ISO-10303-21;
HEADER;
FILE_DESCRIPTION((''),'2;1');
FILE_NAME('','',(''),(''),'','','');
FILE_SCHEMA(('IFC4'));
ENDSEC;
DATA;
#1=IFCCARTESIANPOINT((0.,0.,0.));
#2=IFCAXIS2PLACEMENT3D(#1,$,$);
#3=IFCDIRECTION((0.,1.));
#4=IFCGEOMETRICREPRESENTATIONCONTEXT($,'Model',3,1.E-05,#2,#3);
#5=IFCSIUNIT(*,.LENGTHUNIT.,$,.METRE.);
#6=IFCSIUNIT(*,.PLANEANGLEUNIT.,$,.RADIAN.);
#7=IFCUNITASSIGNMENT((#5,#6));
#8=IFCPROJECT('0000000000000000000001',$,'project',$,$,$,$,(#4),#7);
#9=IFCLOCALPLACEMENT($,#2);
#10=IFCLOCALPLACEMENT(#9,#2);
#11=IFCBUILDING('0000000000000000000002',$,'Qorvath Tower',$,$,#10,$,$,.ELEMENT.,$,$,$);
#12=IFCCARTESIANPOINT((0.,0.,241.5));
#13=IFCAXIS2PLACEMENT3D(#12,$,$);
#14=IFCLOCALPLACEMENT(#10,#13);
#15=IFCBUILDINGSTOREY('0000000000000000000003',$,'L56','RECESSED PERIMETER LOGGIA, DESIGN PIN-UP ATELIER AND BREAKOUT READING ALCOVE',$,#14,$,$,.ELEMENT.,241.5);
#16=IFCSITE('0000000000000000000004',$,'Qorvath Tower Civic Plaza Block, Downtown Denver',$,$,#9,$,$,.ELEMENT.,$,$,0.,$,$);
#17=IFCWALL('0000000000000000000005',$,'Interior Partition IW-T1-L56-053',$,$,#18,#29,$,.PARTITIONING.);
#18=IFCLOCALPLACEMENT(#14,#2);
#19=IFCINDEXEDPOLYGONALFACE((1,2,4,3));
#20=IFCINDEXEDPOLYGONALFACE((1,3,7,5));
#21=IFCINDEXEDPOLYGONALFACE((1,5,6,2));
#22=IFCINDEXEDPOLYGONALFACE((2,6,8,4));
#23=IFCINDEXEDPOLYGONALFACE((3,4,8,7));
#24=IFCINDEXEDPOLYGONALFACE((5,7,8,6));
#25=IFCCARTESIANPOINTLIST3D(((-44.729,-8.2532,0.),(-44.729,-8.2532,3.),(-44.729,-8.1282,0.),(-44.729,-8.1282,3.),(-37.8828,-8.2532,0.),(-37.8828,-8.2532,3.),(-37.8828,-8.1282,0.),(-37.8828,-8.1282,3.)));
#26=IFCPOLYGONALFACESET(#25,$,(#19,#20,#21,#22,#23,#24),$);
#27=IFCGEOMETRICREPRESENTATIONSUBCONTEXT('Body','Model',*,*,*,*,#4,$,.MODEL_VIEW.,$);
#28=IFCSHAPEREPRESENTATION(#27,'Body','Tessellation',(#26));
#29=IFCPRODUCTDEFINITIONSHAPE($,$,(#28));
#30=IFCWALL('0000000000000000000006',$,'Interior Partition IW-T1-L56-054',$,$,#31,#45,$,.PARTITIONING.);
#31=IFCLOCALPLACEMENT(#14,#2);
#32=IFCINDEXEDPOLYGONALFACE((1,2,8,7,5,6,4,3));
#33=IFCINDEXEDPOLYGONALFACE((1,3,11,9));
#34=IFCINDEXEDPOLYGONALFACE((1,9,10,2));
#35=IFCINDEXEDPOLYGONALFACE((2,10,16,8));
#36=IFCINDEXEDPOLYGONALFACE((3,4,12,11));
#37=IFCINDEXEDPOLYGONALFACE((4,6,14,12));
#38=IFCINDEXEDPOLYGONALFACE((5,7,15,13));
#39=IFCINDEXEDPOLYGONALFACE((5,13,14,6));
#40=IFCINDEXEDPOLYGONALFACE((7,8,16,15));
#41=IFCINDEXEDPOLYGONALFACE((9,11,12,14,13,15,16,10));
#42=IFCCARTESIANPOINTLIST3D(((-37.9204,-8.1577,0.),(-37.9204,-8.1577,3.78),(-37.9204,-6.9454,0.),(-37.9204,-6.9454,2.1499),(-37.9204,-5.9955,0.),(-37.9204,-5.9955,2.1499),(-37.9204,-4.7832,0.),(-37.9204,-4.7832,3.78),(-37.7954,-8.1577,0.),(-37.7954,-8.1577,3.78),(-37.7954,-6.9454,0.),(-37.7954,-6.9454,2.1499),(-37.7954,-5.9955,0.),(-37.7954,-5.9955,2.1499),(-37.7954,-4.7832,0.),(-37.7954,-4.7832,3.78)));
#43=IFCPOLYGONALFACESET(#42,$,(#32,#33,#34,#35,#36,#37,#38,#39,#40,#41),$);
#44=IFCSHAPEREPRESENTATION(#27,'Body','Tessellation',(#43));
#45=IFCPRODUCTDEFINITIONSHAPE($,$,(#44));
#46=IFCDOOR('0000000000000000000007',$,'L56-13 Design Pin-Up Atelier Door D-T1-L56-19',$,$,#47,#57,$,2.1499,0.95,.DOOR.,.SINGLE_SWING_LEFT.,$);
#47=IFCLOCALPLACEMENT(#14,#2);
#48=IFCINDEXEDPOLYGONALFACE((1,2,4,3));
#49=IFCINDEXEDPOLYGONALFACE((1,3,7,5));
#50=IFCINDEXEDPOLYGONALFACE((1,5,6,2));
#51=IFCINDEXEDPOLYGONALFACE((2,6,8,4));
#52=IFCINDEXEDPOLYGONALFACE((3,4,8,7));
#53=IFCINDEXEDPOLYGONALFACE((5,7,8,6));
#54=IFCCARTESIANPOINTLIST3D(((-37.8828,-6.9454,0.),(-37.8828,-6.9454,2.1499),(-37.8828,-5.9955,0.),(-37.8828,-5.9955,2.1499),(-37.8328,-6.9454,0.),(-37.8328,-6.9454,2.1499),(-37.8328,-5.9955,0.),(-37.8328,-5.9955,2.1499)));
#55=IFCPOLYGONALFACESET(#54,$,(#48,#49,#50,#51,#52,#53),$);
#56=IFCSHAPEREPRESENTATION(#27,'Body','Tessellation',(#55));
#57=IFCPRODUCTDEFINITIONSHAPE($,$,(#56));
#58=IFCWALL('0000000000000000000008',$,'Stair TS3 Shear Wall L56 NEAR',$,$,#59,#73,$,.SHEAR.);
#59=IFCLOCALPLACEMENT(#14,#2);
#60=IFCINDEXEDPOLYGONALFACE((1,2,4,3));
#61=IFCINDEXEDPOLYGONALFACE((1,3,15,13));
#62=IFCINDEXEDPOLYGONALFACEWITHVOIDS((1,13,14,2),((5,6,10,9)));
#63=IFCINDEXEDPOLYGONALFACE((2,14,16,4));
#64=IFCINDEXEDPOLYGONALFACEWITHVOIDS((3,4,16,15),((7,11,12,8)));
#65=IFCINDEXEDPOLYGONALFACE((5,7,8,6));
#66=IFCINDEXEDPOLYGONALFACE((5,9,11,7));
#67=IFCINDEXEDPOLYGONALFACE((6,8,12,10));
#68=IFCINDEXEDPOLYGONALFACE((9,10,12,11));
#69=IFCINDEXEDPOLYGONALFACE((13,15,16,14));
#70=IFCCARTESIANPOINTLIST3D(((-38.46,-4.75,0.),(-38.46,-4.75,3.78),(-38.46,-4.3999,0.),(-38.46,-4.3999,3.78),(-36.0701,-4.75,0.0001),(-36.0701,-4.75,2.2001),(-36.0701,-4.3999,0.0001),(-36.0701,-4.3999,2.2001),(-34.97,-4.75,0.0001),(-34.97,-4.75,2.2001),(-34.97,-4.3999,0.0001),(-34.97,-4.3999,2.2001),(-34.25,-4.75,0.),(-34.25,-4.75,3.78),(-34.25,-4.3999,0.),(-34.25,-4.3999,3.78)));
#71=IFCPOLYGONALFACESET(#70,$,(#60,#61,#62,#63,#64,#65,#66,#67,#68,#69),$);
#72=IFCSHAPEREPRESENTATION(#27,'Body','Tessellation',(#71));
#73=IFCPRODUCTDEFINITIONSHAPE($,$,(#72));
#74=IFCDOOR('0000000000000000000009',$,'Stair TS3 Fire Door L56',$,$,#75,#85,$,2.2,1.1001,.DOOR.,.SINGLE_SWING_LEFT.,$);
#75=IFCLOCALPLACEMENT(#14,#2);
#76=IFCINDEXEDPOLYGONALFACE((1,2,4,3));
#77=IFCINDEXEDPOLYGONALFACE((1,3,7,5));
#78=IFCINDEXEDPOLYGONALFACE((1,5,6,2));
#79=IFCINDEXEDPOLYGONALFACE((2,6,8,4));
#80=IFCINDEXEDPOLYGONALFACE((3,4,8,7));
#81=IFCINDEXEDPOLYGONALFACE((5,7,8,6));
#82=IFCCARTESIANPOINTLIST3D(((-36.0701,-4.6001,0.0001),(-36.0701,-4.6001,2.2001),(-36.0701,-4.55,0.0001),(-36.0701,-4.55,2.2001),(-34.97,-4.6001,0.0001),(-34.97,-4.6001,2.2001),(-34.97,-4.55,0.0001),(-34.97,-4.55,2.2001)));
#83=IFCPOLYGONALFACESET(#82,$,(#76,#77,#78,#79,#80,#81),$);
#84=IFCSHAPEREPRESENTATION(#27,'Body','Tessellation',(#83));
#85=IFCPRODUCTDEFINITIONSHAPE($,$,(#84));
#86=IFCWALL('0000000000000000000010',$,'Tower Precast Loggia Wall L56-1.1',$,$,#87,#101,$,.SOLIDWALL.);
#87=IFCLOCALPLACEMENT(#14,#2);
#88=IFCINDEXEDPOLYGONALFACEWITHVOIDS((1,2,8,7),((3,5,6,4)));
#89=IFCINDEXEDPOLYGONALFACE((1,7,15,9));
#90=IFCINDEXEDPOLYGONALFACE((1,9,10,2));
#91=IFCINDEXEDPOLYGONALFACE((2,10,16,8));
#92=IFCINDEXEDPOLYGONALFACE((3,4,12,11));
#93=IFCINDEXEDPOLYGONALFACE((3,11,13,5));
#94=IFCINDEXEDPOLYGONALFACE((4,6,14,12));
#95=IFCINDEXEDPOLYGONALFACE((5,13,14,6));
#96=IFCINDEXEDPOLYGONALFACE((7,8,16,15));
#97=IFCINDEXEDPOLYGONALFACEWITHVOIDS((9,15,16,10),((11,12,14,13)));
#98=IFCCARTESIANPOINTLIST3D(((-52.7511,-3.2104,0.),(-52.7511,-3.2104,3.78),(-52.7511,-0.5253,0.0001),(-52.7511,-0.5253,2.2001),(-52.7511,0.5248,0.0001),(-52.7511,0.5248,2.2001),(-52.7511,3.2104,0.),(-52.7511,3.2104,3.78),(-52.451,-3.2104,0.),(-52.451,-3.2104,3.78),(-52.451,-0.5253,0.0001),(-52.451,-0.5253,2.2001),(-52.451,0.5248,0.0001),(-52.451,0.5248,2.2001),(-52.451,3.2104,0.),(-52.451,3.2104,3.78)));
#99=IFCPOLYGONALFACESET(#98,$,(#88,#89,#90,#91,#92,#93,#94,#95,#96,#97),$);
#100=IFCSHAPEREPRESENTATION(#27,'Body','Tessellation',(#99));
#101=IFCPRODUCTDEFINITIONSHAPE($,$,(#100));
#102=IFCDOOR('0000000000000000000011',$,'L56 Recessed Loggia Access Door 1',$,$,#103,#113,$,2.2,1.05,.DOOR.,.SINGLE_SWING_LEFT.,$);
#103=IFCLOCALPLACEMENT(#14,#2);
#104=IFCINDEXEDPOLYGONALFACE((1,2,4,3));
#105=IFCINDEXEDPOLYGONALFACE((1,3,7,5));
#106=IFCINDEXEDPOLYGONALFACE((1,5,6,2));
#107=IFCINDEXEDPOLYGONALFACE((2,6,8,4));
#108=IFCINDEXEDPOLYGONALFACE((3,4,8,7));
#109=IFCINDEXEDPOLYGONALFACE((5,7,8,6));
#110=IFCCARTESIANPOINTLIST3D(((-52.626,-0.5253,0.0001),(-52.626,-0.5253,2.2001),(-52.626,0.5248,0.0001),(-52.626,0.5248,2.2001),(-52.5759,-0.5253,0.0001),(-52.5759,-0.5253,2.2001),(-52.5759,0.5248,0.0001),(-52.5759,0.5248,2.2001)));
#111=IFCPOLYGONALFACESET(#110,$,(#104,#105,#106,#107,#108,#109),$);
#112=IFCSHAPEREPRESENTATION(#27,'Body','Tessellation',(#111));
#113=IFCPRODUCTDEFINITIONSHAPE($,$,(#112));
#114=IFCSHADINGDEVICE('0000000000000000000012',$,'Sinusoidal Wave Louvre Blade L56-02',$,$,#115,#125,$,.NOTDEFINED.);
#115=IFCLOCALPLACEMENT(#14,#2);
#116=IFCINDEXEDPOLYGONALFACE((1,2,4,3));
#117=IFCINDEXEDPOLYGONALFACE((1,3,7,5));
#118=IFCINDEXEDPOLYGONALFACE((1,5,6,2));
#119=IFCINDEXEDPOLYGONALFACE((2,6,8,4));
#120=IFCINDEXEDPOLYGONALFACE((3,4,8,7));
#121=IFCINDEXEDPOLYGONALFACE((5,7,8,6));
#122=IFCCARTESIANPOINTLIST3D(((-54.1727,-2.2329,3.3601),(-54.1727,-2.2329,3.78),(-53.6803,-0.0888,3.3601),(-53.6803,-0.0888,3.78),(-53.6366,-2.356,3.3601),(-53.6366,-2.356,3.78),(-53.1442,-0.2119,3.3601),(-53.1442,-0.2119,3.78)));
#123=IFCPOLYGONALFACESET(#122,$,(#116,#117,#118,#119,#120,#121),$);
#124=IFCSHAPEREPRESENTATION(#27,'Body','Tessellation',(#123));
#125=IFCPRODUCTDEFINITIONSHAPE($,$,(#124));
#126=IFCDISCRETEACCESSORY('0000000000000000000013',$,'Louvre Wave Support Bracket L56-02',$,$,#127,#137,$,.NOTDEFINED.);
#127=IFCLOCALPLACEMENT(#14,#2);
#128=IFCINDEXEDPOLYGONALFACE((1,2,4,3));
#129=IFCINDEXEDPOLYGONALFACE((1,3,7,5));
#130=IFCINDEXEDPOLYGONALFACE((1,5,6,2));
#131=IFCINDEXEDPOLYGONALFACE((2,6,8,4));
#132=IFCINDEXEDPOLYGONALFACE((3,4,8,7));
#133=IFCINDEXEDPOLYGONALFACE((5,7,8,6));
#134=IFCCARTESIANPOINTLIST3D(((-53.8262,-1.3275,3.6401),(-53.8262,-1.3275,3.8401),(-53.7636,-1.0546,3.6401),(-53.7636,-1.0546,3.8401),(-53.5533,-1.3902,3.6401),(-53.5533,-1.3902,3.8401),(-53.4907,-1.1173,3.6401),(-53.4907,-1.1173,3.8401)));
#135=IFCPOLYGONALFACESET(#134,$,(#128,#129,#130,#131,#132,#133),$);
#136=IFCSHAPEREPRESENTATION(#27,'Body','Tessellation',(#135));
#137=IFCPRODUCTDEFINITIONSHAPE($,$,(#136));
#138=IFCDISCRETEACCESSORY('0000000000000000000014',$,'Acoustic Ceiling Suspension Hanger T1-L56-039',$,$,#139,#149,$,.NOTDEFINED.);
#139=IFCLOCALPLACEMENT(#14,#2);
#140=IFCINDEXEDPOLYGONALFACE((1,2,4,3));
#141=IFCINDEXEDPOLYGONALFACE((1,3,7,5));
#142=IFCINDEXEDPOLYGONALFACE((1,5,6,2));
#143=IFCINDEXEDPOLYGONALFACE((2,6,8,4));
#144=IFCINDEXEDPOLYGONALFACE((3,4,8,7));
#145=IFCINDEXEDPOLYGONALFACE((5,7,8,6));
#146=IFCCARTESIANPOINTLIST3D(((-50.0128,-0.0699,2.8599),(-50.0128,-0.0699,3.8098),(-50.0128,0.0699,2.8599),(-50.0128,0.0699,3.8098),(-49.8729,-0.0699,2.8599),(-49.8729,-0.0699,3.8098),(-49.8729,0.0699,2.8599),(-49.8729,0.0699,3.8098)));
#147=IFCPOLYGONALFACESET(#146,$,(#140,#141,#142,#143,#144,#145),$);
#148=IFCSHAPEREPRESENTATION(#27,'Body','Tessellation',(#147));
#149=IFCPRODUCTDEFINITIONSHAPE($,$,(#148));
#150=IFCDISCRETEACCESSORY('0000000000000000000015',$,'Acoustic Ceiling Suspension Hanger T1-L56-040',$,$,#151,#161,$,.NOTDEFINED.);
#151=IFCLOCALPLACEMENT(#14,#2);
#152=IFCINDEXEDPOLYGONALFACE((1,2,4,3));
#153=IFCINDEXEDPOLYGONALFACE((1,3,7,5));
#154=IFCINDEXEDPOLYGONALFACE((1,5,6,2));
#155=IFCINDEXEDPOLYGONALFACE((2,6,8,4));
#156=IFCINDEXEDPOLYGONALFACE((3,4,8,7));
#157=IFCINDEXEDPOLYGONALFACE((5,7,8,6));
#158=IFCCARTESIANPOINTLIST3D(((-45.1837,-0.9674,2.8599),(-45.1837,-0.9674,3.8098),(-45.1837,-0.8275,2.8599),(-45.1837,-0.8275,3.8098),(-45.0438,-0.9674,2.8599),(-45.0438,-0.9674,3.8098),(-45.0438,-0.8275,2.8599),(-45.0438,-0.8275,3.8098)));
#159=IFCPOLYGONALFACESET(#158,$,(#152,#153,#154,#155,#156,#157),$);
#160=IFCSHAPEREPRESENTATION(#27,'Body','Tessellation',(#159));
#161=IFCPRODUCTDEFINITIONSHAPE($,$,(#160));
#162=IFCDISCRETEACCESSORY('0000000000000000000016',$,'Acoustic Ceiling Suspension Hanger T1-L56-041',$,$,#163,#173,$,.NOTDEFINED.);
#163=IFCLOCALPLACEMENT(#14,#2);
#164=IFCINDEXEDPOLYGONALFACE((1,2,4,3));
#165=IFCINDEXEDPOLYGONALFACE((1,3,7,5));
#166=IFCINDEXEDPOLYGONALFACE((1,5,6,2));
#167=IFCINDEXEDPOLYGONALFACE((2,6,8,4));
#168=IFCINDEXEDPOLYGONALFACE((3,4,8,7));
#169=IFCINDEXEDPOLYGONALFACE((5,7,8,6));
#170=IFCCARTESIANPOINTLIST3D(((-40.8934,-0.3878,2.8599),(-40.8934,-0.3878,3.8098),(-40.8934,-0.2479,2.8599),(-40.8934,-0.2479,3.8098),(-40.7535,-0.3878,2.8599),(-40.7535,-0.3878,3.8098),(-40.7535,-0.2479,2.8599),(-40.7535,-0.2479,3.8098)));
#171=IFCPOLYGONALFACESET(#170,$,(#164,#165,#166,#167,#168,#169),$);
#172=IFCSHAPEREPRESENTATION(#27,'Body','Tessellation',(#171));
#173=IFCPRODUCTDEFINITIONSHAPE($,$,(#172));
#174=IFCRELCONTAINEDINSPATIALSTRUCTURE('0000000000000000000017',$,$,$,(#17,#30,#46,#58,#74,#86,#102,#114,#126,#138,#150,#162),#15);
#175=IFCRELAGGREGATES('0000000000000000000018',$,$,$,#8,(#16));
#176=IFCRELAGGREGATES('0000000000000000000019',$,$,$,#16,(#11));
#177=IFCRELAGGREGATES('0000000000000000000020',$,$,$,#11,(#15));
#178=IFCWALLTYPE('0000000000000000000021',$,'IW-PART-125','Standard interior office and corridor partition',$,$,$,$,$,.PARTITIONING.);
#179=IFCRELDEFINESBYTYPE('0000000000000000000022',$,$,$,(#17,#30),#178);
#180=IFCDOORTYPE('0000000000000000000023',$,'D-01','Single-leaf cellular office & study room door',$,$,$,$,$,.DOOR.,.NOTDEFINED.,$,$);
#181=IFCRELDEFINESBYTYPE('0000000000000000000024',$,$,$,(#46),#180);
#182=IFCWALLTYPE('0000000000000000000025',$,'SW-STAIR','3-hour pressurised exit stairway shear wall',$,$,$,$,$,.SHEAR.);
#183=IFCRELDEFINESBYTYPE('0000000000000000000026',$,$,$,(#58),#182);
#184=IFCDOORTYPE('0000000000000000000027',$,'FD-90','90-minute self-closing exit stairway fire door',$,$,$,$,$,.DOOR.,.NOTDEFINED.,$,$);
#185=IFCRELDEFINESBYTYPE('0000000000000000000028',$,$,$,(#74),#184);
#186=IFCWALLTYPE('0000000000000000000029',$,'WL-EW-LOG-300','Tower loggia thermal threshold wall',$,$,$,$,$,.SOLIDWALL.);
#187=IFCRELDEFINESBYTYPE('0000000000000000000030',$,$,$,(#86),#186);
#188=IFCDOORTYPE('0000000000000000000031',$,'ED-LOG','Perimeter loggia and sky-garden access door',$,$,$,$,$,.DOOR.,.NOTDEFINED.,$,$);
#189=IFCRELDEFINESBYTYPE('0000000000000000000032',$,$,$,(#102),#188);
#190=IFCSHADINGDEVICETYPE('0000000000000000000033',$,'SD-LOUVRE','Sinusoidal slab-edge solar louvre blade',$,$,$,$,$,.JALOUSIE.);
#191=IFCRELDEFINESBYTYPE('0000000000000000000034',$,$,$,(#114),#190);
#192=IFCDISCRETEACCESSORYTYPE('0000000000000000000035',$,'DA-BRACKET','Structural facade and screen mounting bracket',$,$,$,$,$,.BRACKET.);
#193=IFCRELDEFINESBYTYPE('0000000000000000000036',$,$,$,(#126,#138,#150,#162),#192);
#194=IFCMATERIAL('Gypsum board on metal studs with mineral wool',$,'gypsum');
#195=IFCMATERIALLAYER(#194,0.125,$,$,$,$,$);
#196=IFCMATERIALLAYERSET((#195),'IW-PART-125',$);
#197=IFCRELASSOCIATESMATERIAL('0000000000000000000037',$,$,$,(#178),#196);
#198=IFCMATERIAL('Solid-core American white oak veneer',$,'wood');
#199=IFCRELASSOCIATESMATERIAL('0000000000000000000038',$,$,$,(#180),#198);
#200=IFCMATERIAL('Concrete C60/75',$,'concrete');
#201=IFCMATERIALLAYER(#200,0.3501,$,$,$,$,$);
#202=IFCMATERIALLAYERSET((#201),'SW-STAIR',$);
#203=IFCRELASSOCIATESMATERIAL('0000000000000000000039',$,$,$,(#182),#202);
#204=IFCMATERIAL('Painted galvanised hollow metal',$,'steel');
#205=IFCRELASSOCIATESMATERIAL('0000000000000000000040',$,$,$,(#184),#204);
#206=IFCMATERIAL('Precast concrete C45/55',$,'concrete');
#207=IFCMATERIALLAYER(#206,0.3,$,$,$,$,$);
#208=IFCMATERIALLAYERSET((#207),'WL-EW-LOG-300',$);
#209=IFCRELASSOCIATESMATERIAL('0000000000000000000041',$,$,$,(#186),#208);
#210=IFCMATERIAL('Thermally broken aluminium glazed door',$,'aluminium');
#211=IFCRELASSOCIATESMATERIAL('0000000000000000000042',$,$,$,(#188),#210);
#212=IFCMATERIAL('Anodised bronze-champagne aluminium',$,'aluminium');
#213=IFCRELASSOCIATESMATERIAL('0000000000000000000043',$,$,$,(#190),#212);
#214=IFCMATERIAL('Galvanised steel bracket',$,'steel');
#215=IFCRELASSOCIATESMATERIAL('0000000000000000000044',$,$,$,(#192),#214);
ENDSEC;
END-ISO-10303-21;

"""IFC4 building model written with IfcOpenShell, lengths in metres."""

from ifc_helpers import new_model, si_unit, direction, frame, frame_2d, origin, origin_2d, place, context, subcontext, project, spatial, rectangle, extrude, material, layer, layer_set, type_object, element, fill, save


model = new_model("IFC4")

# Units and contexts
model_context = context("Model", 3, precision=1e-05, world=origin(), true_north=direction((0.0, 1.0)))
body_context = subcontext(model_context, "Body", "Model", "MODEL_VIEW")
ifc_project = project(units=[si_unit("LENGTHUNIT", "METRE"), si_unit("PLANEANGLEUNIT", "RADIAN")], contexts=[model_context])

# Site, building, storey
site_placement = place(None, origin())
site = spatial("IfcSite", under=ifc_project, at=site_placement, Name="Qorvath Tower Civic Plaza Block, Downtown Denver", CompositionType="ELEMENT", RefElevation=0.0)
building_placement = place(site_placement, origin())
building = spatial("IfcBuilding", under=site, at=building_placement, Name="Qorvath Tower", CompositionType="ELEMENT")
storey_placement = place(building_placement, frame((0.0, 0.0, 241.5)))
storey = spatial("IfcBuildingStorey", under=building, at=storey_placement, Name="L56", Description="RECESSED PERIMETER LOGGIA, DESIGN PIN-UP ATELIER AND BREAKOUT READING ALCOVE", CompositionType="ELEMENT", Elevation=241.5)

# Shared definitions
ifc_material_1 = material(Name="Gypsum board on metal studs with mineral wool", Category="gypsum")
ifc_layer_1 = layer(ifc_material_1, 0.125)
ifc_layer_set_1 = layer_set([ifc_layer_1], Name="IW-PART-125")
wall_type_1 = type_object("IfcWallType", Name="IW-PART-125", Description="Standard interior office and corridor partition", PredefinedType="PARTITIONING", material=ifc_layer_set_1)
ifc_material_2 = material(Name="Solid-core American white oak veneer", Category="wood")
door_type_1 = type_object("IfcDoorType", Name="D-01", Description="Single-leaf cellular office & study room door", OperationType="NOTDEFINED", PredefinedType="DOOR", material=ifc_material_2)

# Wall
wall_1_placement = place(storey_placement, frame((-37.8828, -8.1907, 0.0), z_axis=(0.0, 0.0, 1.0), x_axis=(-1.0, 0.0, 0.0)))
element("IfcWall", 1, at=wall_1_placement, inside=storey, type_object=wall_type_1, Name="Interior Partition IW-T1-L56-053", PredefinedType="PARTITIONING", context=body_context, shape_type="SweptSolid", body=[
    extrude(rectangle(XDim=6.8462, YDim=0.125, at=frame_2d((3.4231, 0.0))), origin(), (0.0, 0.0, 1.0), 3.0),
])

# Walls, openings, doors
wall_2_placement = place(storey_placement, frame((-37.8579, -8.1577, 0.0), z_axis=(0.0, 0.0, 1.0), x_axis=(0.0, 1.0, 0.0)))
wall_2 = element("IfcWall", 2, at=wall_2_placement, inside=storey, type_object=wall_type_1, Name="Interior Partition IW-T1-L56-054", PredefinedType="PARTITIONING", context=body_context, shape_type="SweptSolid", body=[
    extrude(rectangle(XDim=3.3745, YDim=0.125, at=frame_2d((1.6873, 0.0))), origin(), (0.0, 0.0, 1.0), 3.78),
])
opening_1_placement = place(wall_2_placement, frame((1.2122, 0.0, 0.0)))
opening_1 = element("IfcOpeningElement", 3, at=opening_1_placement, cuts=wall_2, PredefinedType="OPENING", context=body_context, shape_type="SweptSolid", body=[
    extrude(rectangle(XDim=0.95, YDim=2.1499, at=frame_2d((0.4751, 1.075))), frame((0.0, 0.0725, 0.0), z_axis=(0.0, -1.0, 0.0), x_axis=(1.0, 0.0, 0.0)), (0.0, 0.0, 1.0), 0.145),
])
door_1_placement = place(opening_1_placement, origin())
door_1 = element("IfcDoor", 4, at=door_1_placement, inside=storey, type_object=door_type_1, Name="L56-13 Design Pin-Up Atelier Door D-T1-L56-19", OperationType="SINGLE_SWING_LEFT", OverallHeight=2.1499, OverallWidth=0.95, PredefinedType="DOOR", context=body_context, shape_type="SweptSolid", body=[
    extrude(rectangle(XDim=0.95, YDim=2.1499, at=frame_2d((0.4751, 1.075))), frame((0.0, 0.0249, 0.0), z_axis=(0.0, -1.0, 0.0), x_axis=(1.0, 0.0, 0.0)), (0.0, 0.0, 1.0), 0.05),
])
fill(opening_1, door_1)
ifc_material_3 = material(Name="Concrete C60/75", Category="concrete")
ifc_layer_2 = layer(ifc_material_3, 0.3501)
ifc_layer_set_2 = layer_set([ifc_layer_2], Name="SW-STAIR")
wall_type_2 = type_object("IfcWallType", Name="SW-STAIR", Description="3-hour pressurised exit stairway shear wall", PredefinedType="SHEAR", material=ifc_layer_set_2)
wall_3_placement = place(storey_placement, frame((-38.46, -4.575, 0.0), z_axis=(0.0, 0.0, 1.0), x_axis=(1.0, 0.0, 0.0)))
wall_3 = element("IfcWall", 5, at=wall_3_placement, inside=storey, type_object=wall_type_2, Name="Stair TS3 Shear Wall L56 NEAR", PredefinedType="SHEAR", context=body_context, shape_type="SweptSolid", body=[
    extrude(rectangle(XDim=4.21, YDim=0.3501, at=frame_2d((2.105, 0.0))), origin(), (0.0, 0.0, 1.0), 3.78),
])
opening_2_placement = place(wall_3_placement, frame((2.3899, 0.0, 0.0)))
opening_2 = element("IfcOpeningElement", 6, at=opening_2_placement, cuts=wall_3, PredefinedType="OPENING", context=body_context, shape_type="SweptSolid", body=[
    extrude(rectangle(XDim=1.1001, YDim=2.2, at=frame_2d((0.55, 1.1001))), frame((0.0, 0.1851, 0.0), z_axis=(0.0, -1.0, 0.0), x_axis=(1.0, 0.0, 0.0)), (0.0, 0.0, 1.0), 0.3701),
])
ifc_material_4 = material(Name="Painted galvanised hollow metal", Category="steel")
door_type_2 = type_object("IfcDoorType", Name="FD-90", Description="90-minute self-closing exit stairway fire door", OperationType="NOTDEFINED", PredefinedType="DOOR", material=ifc_material_4)
door_2_placement = place(opening_2_placement, origin())
door_2 = element("IfcDoor", 7, at=door_2_placement, inside=storey, type_object=door_type_2, Name="Stair TS3 Fire Door L56", OperationType="SINGLE_SWING_LEFT", OverallHeight=2.2, OverallWidth=1.1001, PredefinedType="DOOR", context=body_context, shape_type="SweptSolid", body=[
    extrude(rectangle(XDim=1.1001, YDim=2.2, at=frame_2d((0.55, 1.1001))), frame((0.0, 0.0249, 0.0), z_axis=(0.0, -1.0, 0.0), x_axis=(1.0, 0.0, 0.0)), (0.0, 0.0, 1.0), 0.05),
])
fill(opening_2, door_2)
ifc_material_5 = material(Name="Precast concrete C45/55", Category="concrete")
ifc_layer_3 = layer(ifc_material_5, 0.3)
ifc_layer_set_3 = layer_set([ifc_layer_3], Name="WL-EW-LOG-300")
wall_type_3 = type_object("IfcWallType", Name="WL-EW-LOG-300", Description="Tower loggia thermal threshold wall", PredefinedType="SOLIDWALL", material=ifc_layer_set_3)
wall_4_placement = place(storey_placement, frame((-52.6011, -3.2104, 0.0), z_axis=(0.0, 0.0, 1.0), x_axis=(0.0, 1.0, 0.0)))
wall_4 = element("IfcWall", 8, at=wall_4_placement, inside=storey, type_object=wall_type_3, Name="Tower Precast Loggia Wall L56-1.1", PredefinedType="SOLIDWALL", context=body_context, shape_type="SweptSolid", body=[
    extrude(rectangle(XDim=6.4209, YDim=0.3, at=frame_2d((3.2104, 0.0))), origin(), (0.0, 0.0, 1.0), 3.78),
])
opening_3_placement = place(wall_4_placement, frame((2.6853, 0.0, 0.0)))
opening_3 = element("IfcOpeningElement", 9, at=opening_3_placement, cuts=wall_4, PredefinedType="OPENING", context=body_context, shape_type="SweptSolid", body=[
    extrude(rectangle(XDim=1.05, YDim=2.2, at=frame_2d((0.5249, 1.1001))), frame((0.0, 0.1602, 0.0), z_axis=(0.0, -1.0, 0.0), x_axis=(1.0, 0.0, 0.0)), (0.0, 0.0, 1.0), 0.3201),
])
ifc_material_6 = material(Name="Thermally broken aluminium glazed door", Category="aluminium")
door_type_3 = type_object("IfcDoorType", Name="ED-LOG", Description="Perimeter loggia and sky-garden access door", OperationType="NOTDEFINED", PredefinedType="DOOR", material=ifc_material_6)
door_3_placement = place(opening_3_placement, origin())
door_3 = element("IfcDoor", 10, at=door_3_placement, inside=storey, type_object=door_type_3, Name="L56 Recessed Loggia Access Door 1", OperationType="SINGLE_SWING_LEFT", OverallHeight=2.2, OverallWidth=1.05, PredefinedType="DOOR", context=body_context, shape_type="SweptSolid", body=[
    extrude(rectangle(XDim=1.05, YDim=2.2, at=frame_2d((0.5249, 1.1001))), frame((0.0, 0.0249, 0.0), z_axis=(0.0, -1.0, 0.0), x_axis=(1.0, 0.0, 0.0)), (0.0, 0.0, 1.0), 0.05),
])
fill(opening_3, door_3)

# Shading device
ifc_material_7 = material(Name="Anodised bronze-champagne aluminium", Category="aluminium")
shading_device_type = type_object("IfcShadingDeviceType", Name="SD-LOUVRE", Description="Sinusoidal slab-edge solar louvre blade", PredefinedType="JALOUSIE", material=ifc_material_7)
shading_device_placement = place(storey_placement, frame((-53.6584, -1.2224, 3.3601), z_axis=(0.0, 0.0, 1.0), x_axis=(-0.223788, -0.974638, 0.0)))
element("IfcShadingDevice", 11, at=shading_device_placement, inside=storey, type_object=shading_device_type, Name="Sinusoidal Wave Louvre Blade L56-02", PredefinedType="NOTDEFINED", context=body_context, shape_type="SweptSolid", body=[
    extrude(rectangle(XDim=2.2, YDim=0.55, at=origin_2d()), origin(), (0.0, 0.0, 1.0), 0.4199),
])

# Discrete accessories
ifc_material_8 = material(Name="Galvanised steel bracket", Category="steel")
discrete_accessory_type = type_object("IfcDiscreteAccessoryType", Name="DA-BRACKET", Description="Structural facade and screen mounting bracket", PredefinedType="BRACKET", material=ifc_material_8)
discrete_accessory_placement = place(storey_placement, frame((-53.6584, -1.2224, 3.6401), z_axis=(0.0, 0.0, 1.0), x_axis=(-0.223788, -0.974638, 0.0)))
element("IfcDiscreteAccessory", 12, at=discrete_accessory_placement, inside=storey, type_object=discrete_accessory_type, Name="Louvre Wave Support Bracket L56-02", PredefinedType="NOTDEFINED", context=body_context, shape_type="SweptSolid", body=[
    extrude(rectangle(XDim=0.28, YDim=0.28, at=origin_2d()), origin(), (0.0, 0.0, 1.0), 0.2),
])
for number, where, z_axis, x_axis, name in (
    (13, (-49.9429, 0.0, 2.8599), (0.0, 0.0, 1.0), (1.0, 0.0, 0.0), "Acoustic Ceiling Suspension Hanger T1-L56-039"),
    (14, (-45.1138, -0.8975, 2.8599), (0.0, 0.0, 1.0), (1.0, 0.0, 0.0), "Acoustic Ceiling Suspension Hanger T1-L56-040"),
    (15, (-40.8235, -0.3179, 2.8599), (0.0, 0.0, 1.0), (1.0, 0.0, 0.0), "Acoustic Ceiling Suspension Hanger T1-L56-041"),
):
    element("IfcDiscreteAccessory", number, at=place(storey_placement, frame(where, z_axis=z_axis, x_axis=x_axis)), inside=storey, type_object=discrete_accessory_type, Name=name, PredefinedType="NOTDEFINED", context=body_context, shape_type="SweptSolid", body=[
        extrude(rectangle(XDim=0.1399, YDim=0.1399, at=origin_2d()), origin(), (0.0, 0.0, 1.0), 0.95),
    ])

save(model, "model.ifc")
